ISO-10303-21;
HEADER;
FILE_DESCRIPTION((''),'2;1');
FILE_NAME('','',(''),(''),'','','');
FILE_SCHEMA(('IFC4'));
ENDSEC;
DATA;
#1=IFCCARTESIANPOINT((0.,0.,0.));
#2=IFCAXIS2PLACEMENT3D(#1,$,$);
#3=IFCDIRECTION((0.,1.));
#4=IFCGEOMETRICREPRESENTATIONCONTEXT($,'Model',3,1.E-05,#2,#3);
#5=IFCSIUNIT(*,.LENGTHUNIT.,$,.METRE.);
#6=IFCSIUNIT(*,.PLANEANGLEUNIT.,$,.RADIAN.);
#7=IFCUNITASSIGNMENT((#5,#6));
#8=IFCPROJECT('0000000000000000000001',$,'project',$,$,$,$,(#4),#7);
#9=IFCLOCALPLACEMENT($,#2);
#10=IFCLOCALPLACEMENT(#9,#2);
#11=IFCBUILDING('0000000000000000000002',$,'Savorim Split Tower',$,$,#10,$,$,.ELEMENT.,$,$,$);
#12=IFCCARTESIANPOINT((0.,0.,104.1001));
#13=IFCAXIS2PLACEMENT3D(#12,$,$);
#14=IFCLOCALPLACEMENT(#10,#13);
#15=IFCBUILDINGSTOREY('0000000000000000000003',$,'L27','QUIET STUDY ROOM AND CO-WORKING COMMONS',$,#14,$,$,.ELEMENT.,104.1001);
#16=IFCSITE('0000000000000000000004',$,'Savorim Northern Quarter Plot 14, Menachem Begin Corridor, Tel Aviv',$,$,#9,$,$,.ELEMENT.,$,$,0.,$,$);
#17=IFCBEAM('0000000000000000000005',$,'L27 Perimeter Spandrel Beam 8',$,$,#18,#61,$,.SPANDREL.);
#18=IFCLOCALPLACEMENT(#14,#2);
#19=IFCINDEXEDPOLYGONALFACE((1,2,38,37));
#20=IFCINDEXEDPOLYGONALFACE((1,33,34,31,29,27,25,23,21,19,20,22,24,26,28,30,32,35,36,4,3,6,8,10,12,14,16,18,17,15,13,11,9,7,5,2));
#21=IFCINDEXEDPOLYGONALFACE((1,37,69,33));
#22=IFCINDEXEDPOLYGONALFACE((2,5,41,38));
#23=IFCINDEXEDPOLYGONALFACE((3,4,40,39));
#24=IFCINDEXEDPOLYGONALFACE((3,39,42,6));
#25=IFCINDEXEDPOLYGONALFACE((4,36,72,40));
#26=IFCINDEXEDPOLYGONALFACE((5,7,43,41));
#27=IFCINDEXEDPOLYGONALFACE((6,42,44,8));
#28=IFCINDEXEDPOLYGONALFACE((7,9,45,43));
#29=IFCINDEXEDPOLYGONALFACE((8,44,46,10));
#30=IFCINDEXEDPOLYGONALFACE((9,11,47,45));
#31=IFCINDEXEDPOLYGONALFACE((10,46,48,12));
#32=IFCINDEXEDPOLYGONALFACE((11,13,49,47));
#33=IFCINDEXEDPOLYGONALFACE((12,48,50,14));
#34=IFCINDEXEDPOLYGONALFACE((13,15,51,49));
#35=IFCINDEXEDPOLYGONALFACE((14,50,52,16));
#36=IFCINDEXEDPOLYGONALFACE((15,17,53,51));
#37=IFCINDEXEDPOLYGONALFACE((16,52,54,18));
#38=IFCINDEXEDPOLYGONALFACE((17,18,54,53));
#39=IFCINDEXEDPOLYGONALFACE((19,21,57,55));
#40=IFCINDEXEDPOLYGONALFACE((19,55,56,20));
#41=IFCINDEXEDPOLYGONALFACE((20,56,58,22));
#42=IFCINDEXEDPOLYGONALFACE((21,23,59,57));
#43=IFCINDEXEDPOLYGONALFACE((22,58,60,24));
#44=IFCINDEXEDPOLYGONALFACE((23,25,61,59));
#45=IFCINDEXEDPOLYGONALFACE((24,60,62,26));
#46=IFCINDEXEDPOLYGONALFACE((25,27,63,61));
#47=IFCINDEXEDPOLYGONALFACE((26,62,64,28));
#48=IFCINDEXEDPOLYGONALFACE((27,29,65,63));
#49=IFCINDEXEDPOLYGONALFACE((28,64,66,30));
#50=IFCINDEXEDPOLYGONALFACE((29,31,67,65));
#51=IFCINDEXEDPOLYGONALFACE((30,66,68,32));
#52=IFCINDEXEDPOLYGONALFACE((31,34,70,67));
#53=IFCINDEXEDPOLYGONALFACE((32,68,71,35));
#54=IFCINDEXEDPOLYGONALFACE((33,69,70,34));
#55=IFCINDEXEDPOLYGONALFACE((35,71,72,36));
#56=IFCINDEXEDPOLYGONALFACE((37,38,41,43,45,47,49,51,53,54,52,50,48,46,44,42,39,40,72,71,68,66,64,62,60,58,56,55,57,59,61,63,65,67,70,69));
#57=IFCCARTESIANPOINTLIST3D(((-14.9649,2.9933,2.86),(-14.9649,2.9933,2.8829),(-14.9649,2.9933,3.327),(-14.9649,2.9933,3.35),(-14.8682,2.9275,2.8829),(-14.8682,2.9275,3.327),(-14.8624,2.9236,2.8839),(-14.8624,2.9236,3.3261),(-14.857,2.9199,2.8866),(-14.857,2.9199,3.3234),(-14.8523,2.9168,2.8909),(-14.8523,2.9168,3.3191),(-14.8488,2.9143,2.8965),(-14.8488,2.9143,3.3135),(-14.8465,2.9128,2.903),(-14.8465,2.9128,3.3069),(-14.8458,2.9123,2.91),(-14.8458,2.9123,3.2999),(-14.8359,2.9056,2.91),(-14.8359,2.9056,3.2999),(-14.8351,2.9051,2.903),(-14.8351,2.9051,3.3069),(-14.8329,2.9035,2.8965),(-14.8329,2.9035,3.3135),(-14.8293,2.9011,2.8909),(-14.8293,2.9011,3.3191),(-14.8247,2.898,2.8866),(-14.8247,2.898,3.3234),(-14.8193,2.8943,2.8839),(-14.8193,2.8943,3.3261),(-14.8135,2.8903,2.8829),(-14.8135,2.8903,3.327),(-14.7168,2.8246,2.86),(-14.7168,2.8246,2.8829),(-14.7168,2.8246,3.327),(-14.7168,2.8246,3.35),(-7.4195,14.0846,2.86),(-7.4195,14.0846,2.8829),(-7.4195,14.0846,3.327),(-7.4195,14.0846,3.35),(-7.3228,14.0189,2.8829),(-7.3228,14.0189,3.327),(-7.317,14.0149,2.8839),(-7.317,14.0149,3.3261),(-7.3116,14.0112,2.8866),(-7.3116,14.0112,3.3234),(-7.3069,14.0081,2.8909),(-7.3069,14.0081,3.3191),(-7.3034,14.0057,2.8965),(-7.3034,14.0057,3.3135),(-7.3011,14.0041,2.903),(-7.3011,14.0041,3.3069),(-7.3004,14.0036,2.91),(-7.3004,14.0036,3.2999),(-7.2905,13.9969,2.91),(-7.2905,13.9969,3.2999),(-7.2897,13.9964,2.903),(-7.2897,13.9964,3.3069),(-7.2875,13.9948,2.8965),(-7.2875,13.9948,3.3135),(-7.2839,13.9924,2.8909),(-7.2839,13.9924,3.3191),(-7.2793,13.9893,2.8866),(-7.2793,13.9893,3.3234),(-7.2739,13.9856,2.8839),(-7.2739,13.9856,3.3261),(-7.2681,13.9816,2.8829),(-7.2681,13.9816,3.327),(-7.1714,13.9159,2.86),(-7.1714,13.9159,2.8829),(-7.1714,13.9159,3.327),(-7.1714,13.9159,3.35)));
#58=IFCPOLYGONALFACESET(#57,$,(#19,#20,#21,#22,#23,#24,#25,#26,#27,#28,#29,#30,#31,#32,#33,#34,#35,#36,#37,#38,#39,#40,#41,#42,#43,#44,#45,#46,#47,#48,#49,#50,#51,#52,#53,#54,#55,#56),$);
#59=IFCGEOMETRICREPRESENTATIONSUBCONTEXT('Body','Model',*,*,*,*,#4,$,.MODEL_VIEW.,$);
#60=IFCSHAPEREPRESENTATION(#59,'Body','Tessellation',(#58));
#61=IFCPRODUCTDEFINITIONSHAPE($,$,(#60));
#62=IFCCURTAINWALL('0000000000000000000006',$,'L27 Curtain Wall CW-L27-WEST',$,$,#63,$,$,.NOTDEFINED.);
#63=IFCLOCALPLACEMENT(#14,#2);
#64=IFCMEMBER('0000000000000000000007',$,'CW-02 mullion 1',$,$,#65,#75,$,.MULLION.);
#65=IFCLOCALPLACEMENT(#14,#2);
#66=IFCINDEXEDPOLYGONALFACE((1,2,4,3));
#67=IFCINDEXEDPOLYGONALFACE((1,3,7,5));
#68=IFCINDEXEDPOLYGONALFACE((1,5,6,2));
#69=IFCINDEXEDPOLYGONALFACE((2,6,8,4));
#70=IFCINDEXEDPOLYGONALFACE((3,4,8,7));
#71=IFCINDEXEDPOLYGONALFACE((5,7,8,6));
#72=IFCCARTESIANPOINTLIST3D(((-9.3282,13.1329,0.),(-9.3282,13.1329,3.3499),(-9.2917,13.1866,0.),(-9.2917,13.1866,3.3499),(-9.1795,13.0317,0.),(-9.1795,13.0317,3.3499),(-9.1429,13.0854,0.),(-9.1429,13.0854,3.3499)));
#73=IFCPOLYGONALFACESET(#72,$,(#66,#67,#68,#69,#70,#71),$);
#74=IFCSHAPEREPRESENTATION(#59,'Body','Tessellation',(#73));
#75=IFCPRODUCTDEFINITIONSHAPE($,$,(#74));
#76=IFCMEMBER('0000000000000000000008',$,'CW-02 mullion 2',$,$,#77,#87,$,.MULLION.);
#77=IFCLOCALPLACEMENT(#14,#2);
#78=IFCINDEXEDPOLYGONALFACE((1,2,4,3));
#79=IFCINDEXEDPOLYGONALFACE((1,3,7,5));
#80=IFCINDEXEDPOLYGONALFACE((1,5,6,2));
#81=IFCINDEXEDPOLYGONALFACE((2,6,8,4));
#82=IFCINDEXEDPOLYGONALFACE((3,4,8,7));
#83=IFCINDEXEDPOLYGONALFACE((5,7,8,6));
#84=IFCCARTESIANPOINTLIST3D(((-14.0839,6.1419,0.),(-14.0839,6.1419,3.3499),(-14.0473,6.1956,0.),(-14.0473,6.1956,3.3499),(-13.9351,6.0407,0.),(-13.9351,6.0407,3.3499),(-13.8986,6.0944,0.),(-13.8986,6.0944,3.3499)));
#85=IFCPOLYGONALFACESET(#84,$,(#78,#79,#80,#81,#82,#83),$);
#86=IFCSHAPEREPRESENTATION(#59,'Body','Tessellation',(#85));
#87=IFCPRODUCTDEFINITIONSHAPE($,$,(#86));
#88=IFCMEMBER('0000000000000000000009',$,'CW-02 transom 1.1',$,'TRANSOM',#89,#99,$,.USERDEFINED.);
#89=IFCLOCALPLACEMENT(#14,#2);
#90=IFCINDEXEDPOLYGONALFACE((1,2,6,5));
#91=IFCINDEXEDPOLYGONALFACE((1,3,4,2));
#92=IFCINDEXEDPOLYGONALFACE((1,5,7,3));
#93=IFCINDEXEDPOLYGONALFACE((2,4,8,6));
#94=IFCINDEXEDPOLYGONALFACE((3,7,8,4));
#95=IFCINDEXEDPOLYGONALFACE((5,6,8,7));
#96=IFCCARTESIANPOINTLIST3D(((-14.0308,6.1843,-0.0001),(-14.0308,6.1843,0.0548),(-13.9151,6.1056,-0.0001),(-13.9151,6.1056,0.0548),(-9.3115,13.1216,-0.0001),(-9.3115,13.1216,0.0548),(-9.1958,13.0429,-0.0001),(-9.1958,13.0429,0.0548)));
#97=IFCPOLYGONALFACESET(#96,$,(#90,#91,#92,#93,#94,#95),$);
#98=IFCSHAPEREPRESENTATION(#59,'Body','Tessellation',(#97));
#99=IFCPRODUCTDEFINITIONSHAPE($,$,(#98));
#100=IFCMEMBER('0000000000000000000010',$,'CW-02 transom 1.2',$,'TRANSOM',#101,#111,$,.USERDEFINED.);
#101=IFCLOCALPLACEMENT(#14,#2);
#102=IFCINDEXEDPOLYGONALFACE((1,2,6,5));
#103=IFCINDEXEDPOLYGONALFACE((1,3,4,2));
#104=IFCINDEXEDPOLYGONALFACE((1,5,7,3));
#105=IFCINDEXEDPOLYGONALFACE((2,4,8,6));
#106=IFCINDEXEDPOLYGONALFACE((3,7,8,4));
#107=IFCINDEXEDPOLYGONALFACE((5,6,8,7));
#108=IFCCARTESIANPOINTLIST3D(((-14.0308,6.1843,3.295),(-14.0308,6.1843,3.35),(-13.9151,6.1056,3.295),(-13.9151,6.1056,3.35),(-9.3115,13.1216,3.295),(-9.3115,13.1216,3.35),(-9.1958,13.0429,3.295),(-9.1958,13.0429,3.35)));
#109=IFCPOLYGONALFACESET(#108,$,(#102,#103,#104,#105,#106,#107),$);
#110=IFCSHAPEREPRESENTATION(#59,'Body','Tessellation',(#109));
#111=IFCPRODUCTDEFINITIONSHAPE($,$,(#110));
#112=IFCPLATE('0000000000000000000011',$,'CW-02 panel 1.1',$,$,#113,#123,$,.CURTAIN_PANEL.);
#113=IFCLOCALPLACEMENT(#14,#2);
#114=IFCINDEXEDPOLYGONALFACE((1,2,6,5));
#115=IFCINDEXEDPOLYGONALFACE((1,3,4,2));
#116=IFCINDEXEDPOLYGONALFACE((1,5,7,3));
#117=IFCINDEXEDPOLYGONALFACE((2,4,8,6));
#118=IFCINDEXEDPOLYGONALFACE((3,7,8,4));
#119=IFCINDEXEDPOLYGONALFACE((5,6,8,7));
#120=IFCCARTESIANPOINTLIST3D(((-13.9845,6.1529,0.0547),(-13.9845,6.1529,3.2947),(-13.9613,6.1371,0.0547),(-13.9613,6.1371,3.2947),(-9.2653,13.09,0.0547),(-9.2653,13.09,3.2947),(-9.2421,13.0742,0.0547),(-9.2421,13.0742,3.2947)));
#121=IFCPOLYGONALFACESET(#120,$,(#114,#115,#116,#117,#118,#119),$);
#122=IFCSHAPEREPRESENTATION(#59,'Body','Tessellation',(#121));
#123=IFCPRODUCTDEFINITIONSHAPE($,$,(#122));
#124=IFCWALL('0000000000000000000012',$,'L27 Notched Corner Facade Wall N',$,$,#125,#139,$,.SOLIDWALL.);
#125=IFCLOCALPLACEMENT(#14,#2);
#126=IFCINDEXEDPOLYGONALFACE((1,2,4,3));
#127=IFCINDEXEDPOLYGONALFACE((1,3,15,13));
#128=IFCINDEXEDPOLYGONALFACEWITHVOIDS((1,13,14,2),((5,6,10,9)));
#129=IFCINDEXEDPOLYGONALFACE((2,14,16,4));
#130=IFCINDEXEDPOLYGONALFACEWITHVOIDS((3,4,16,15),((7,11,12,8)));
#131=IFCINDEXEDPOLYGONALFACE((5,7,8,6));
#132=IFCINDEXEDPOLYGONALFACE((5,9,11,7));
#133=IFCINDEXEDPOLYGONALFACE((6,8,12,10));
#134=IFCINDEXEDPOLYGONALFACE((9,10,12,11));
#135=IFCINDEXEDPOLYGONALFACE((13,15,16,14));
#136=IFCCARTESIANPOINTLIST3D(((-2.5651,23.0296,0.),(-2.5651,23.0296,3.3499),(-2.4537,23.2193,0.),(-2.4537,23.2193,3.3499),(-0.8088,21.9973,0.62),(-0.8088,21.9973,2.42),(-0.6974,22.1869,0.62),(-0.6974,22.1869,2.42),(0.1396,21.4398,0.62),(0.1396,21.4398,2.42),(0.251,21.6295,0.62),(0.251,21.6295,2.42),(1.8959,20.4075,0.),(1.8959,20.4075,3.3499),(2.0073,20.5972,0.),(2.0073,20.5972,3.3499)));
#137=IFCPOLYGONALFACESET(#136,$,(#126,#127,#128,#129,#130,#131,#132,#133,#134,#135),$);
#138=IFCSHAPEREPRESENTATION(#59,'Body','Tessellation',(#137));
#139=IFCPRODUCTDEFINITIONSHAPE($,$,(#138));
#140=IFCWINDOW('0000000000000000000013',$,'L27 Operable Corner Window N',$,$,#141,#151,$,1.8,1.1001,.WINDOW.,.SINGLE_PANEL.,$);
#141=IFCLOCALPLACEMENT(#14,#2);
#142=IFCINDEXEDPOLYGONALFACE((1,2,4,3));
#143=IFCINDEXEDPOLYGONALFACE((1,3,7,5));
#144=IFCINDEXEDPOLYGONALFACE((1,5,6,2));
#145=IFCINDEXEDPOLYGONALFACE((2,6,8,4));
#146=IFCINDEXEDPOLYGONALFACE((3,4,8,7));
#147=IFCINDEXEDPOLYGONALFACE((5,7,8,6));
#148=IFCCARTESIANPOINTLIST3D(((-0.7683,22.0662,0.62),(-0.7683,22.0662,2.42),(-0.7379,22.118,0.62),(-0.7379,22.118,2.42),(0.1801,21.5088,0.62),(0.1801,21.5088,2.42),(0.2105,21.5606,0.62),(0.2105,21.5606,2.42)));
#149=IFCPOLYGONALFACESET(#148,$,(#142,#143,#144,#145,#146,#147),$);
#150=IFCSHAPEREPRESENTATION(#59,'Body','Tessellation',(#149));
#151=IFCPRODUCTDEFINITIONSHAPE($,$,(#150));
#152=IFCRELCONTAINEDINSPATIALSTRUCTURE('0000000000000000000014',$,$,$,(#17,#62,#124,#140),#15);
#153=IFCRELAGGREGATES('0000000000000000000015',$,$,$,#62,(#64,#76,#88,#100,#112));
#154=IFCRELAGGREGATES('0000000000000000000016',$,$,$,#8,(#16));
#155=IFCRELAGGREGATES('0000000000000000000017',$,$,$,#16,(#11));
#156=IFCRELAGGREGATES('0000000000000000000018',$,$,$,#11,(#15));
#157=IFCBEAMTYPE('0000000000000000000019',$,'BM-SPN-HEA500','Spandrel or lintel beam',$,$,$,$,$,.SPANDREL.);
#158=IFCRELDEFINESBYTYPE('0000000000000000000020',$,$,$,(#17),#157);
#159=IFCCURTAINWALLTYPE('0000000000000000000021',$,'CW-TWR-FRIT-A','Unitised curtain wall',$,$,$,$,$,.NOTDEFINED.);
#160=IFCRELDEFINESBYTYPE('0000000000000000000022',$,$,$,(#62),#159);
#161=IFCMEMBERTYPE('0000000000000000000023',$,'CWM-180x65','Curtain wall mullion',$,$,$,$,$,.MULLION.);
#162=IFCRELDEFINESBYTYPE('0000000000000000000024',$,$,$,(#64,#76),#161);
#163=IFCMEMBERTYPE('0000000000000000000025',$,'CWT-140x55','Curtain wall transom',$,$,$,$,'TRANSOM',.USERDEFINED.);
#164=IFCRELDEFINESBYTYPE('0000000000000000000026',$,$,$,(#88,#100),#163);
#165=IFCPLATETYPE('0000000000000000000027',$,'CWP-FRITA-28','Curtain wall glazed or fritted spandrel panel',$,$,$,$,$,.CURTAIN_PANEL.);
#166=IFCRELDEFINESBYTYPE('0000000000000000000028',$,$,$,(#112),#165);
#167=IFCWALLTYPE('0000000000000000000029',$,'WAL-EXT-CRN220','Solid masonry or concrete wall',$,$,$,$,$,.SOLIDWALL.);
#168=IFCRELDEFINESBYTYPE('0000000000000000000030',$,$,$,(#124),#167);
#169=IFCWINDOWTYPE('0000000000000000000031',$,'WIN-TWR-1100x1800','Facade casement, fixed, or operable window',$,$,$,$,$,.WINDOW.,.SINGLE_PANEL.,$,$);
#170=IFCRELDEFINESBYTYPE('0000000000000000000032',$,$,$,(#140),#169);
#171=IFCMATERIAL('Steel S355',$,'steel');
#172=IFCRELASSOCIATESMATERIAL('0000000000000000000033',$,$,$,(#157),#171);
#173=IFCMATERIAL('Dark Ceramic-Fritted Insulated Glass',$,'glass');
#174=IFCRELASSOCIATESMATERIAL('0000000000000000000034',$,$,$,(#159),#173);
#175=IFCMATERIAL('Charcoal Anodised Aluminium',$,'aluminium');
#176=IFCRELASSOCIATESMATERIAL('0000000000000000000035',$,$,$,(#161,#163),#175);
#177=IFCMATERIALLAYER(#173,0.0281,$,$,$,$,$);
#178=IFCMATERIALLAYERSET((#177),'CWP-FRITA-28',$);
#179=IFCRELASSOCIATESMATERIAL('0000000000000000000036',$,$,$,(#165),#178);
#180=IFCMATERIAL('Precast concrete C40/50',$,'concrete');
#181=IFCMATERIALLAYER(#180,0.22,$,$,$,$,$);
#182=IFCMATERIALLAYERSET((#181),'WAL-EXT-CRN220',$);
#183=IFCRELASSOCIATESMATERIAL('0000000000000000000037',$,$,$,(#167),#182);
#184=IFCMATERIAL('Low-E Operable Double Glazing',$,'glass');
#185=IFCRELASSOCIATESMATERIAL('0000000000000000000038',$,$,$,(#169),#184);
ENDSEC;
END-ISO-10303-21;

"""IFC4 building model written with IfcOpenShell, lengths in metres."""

from ifc_helpers import new_model, si_unit, direction, frame, frame_2d, origin, origin_2d, place, context, subcontext, project, spatial, rectangle, i_section, extrude, material, layer, layer_set, material_profile, profile_set, type_object, element, fill, aggregate, save


model = new_model("IFC4")

# Units and contexts
model_context = context("Model", 3, precision=1e-05, world=origin(), true_north=direction((0.0, 1.0)))
body_context = subcontext(model_context, "Body", "Model", "MODEL_VIEW")
ifc_project = project(units=[si_unit("LENGTHUNIT", "METRE"), si_unit("PLANEANGLEUNIT", "RADIAN")], contexts=[model_context])

# Site, building, storey
site_placement = place(None, origin())
site = spatial("IfcSite", under=ifc_project, at=site_placement, Name="Savorim Northern Quarter Plot 14, Menachem Begin Corridor, Tel Aviv", CompositionType="ELEMENT", RefElevation=0.0)
building_placement = place(site_placement, origin())
building = spatial("IfcBuilding", under=site, at=building_placement, Name="Savorim Split Tower", CompositionType="ELEMENT")
storey_placement = place(building_placement, frame((0.0, 0.0, 104.1001)))
storey = spatial("IfcBuildingStorey", under=building, at=storey_placement, Name="L27", Description="QUIET STUDY ROOM AND CO-WORKING COMMONS", CompositionType="ELEMENT", Elevation=104.1001)

# Beam
ifc_material_1 = material(Name="Steel S355", Category="steel")
ifc_material_profile_1 = material_profile(ifc_material_1, i_section(OverallWidth=0.3, OverallDepth=0.49, WebThickness=0.012, FlangeThickness=0.0229, FilletRadius=0.0271, at=origin_2d()), Name="HEA 500")
ifc_profile_set_1 = profile_set([ifc_material_profile_1], Name="Steel S355")
beam_type_1 = type_object("IfcBeamType", Name="BM-SPN-HEA500", Description="Spandrel or lintel beam", PredefinedType="SPANDREL", material=ifc_profile_set_1)
beam_1_placement = place(storey_placement, frame((-7.2954, 14.0002, 3.105), z_axis=(-0.562479, -0.826811, 0.0), x_axis=(0.826811, -0.562479, 0.0)))
element("IfcBeam", 1, at=beam_1_placement, inside=storey, type_object=beam_type_1, Name="L27 Perimeter Spandrel Beam 8", PredefinedType="SPANDREL", context=body_context, shape_type="SweptSolid", body=[
    extrude(i_section(OverallWidth=0.3, OverallDepth=0.49, WebThickness=0.012, FlangeThickness=0.0229, FilletRadius=0.0271, at=origin_2d()), origin(), (0.0, 0.0, 1.0), 13.4146),
])

# Curtain wall, members, plate
ifc_material_2 = material(Name="Dark Ceramic-Fritted Insulated Glass", Category="glass")
curtain_wall_type = type_object("IfcCurtainWallType", Name="CW-TWR-FRIT-A", Description="Unitised curtain wall", PredefinedType="NOTDEFINED", material=ifc_material_2)
curtain_wall_placement = place(storey_placement, origin())
curtain_wall = element("IfcCurtainWall", 2, at=curtain_wall_placement, inside=storey, type_object=curtain_wall_type, Name="L27 Curtain Wall CW-L27-WEST", PredefinedType="NOTDEFINED")
ifc_material_3 = material(Name="Charcoal Anodised Aluminium", Category="aluminium")
ifc_material_profile_2 = material_profile(ifc_material_3, rectangle(XDim=0.1799, YDim=0.0649, at=origin_2d()), Name="ALU-M 180x65")
ifc_profile_set_2 = profile_set([ifc_material_profile_2], Name="Charcoal Anodised Aluminium")
member_type_1 = type_object("IfcMemberType", Name="CWM-180x65", Description="Curtain wall mullion", PredefinedType="MULLION", material=ifc_profile_set_2)
member_1_placement = place(storey_placement, frame((-9.2356, 13.1091, 0.0), z_axis=(0.0, 0.0, 1.0), x_axis=(0.826819, -0.562468, 0.0)))
member_1 = element("IfcMember", 3, at=member_1_placement, type_object=member_type_1, Name="CW-02 mullion 1", PredefinedType="MULLION", context=body_context, shape_type="SweptSolid", body=[
    extrude(rectangle(XDim=0.1799, YDim=0.0649, at=origin_2d()), origin(), (0.0, 0.0, 1.0), 3.3499),
])
member_2_placement = place(storey_placement, frame((-13.9912, 6.1182, 0.0), z_axis=(0.0, 0.0, 1.0), x_axis=(0.826819, -0.562468, 0.0)))
member_2 = element("IfcMember", 4, at=member_2_placement, type_object=member_type_1, Name="CW-02 mullion 2", PredefinedType="MULLION", context=body_context, shape_type="SweptSolid", body=[
    extrude(rectangle(XDim=0.1799, YDim=0.0649, at=origin_2d()), origin(), (0.0, 0.0, 1.0), 3.3499),
])
ifc_material_profile_3 = material_profile(ifc_material_3, rectangle(XDim=0.1399, YDim=0.0549, at=origin_2d()), Name="ALU-T 140x55")
ifc_profile_set_3 = profile_set([ifc_material_profile_3], Name="Charcoal Anodised Aluminium")
member_type_2 = type_object("IfcMemberType", Name="CWT-140x55", Description="Curtain wall transom", ElementType="TRANSOM", PredefinedType="USERDEFINED", material=ifc_profile_set_3)
member_3_placement = place(storey_placement, frame((-9.2537, 13.0823, 0.0273), z_axis=(-0.562465, -0.826821, 0.0), x_axis=(0.826821, -0.562465, 0.0)))
member_3 = element("IfcMember", 5, at=member_3_placement, type_object=member_type_2, Name="CW-02 transom 1.1", ObjectType="TRANSOM", PredefinedType="USERDEFINED", context=body_context, shape_type="SweptSolid", body=[
    extrude(rectangle(XDim=0.1399, YDim=0.0549, at=origin_2d()), origin(), (0.0, 0.0, 1.0), 8.3904),
])
member_4_placement = place(storey_placement, frame((-9.2537, 13.0823, 3.3225), z_axis=(-0.562465, -0.826821, 0.0), x_axis=(0.826821, -0.562465, 0.0)))
member_4 = element("IfcMember", 6, at=member_4_placement, type_object=member_type_2, Name="CW-02 transom 1.2", ObjectType="TRANSOM", PredefinedType="USERDEFINED", context=body_context, shape_type="SweptSolid", body=[
    extrude(rectangle(XDim=0.1399, YDim=0.0549, at=origin_2d()), origin(), (0.0, 0.0, 1.0), 8.3904),
])
ifc_layer_1 = layer(ifc_material_2, 0.0281)
ifc_layer_set_1 = layer_set([ifc_layer_1], Name="CWP-FRITA-28")
plate_type = type_object("IfcPlateType", Name="CWP-FRITA-28", Description="Curtain wall glazed or fritted spandrel panel", PredefinedType="CURTAIN_PANEL", material=ifc_layer_set_1)
plate_placement = place(storey_placement, frame((-11.6133, 9.6135, 0.0547), z_axis=(0.0, 0.0, 1.0), x_axis=(-0.562468, -0.826819, 0.0)))
plate = element("IfcPlate", 7, at=plate_placement, type_object=plate_type, Name="CW-02 panel 1.1", PredefinedType="CURTAIN_PANEL", context=body_context, shape_type="SweptSolid", body=[
    extrude(rectangle(XDim=8.3901, YDim=0.0281, at=origin_2d()), origin(), (0.0, 0.0, 1.0), 3.24),
])
aggregate(curtain_wall, [member_1, member_2, member_3, member_4, plate])

# Wall, opening, window
ifc_material_4 = material(Name="Precast concrete C40/50", Category="concrete")
ifc_layer_2 = layer(ifc_material_4, 0.22)
ifc_layer_set_2 = layer_set([ifc_layer_2], Name="WAL-EXT-CRN220")
wall_type_1 = type_object("IfcWallType", Name="WAL-EXT-CRN220", Description="Solid masonry or concrete wall", PredefinedType="SOLIDWALL", material=ifc_layer_set_2)
wall_1_placement = place(storey_placement, frame((-2.5095, 23.1245, 0.0), z_axis=(0.0, 0.0, 1.0), x_axis=(0.862104, -0.506731, 0.0)))
wall_1 = element("IfcWall", 8, at=wall_1_placement, inside=storey, type_object=wall_type_1, Name="L27 Notched Corner Facade Wall N", PredefinedType="SOLIDWALL", context=body_context, shape_type="SweptSolid", body=[
    extrude(rectangle(XDim=5.1746, YDim=0.22, at=frame_2d((2.5874, 0.0))), origin(), (0.0, 0.0, 1.0), 3.3499),
])
opening_1_placement = place(wall_1_placement, frame((2.0374, 0.0, 0.6201)))
opening_1 = element("IfcOpeningElement", 9, at=opening_1_placement, cuts=wall_1, PredefinedType="OPENING", context=body_context, shape_type="SweptSolid", body=[
    extrude(rectangle(XDim=1.1001, YDim=1.8, at=frame_2d((0.55, 0.8999))), frame((0.0, 0.1199, 0.0), z_axis=(0.0, -1.0, 0.0), x_axis=(1.0, 0.0, 0.0)), (0.0, 0.0, 1.0), 0.24),
])
ifc_material_5 = material(Name="Low-E Operable Double Glazing", Category="glass")
window_type_1 = type_object("IfcWindowType", Name="WIN-TWR-1100x1800", Description="Facade casement, fixed, or operable window", PartitioningType="SINGLE_PANEL", PredefinedType="WINDOW", material=ifc_material_5)
window_1_placement = place(opening_1_placement, origin())
window_1 = element("IfcWindow", 10, at=window_1_placement, inside=storey, type_object=window_type_1, Name="L27 Operable Corner Window N", OverallHeight=1.8, OverallWidth=1.1001, PartitioningType="SINGLE_PANEL", PredefinedType="WINDOW", context=body_context, shape_type="SweptSolid", body=[
    extrude(rectangle(XDim=1.1001, YDim=1.8, at=frame_2d((0.55, 0.8999))), frame((0.0, 0.03, 0.0), z_axis=(0.0, -1.0, 0.0), x_axis=(1.0, 0.0, 0.0)), (0.0, 0.0, 1.0), 0.0601),
])
fill(opening_1, window_1)

save(model, "model.ifc")
